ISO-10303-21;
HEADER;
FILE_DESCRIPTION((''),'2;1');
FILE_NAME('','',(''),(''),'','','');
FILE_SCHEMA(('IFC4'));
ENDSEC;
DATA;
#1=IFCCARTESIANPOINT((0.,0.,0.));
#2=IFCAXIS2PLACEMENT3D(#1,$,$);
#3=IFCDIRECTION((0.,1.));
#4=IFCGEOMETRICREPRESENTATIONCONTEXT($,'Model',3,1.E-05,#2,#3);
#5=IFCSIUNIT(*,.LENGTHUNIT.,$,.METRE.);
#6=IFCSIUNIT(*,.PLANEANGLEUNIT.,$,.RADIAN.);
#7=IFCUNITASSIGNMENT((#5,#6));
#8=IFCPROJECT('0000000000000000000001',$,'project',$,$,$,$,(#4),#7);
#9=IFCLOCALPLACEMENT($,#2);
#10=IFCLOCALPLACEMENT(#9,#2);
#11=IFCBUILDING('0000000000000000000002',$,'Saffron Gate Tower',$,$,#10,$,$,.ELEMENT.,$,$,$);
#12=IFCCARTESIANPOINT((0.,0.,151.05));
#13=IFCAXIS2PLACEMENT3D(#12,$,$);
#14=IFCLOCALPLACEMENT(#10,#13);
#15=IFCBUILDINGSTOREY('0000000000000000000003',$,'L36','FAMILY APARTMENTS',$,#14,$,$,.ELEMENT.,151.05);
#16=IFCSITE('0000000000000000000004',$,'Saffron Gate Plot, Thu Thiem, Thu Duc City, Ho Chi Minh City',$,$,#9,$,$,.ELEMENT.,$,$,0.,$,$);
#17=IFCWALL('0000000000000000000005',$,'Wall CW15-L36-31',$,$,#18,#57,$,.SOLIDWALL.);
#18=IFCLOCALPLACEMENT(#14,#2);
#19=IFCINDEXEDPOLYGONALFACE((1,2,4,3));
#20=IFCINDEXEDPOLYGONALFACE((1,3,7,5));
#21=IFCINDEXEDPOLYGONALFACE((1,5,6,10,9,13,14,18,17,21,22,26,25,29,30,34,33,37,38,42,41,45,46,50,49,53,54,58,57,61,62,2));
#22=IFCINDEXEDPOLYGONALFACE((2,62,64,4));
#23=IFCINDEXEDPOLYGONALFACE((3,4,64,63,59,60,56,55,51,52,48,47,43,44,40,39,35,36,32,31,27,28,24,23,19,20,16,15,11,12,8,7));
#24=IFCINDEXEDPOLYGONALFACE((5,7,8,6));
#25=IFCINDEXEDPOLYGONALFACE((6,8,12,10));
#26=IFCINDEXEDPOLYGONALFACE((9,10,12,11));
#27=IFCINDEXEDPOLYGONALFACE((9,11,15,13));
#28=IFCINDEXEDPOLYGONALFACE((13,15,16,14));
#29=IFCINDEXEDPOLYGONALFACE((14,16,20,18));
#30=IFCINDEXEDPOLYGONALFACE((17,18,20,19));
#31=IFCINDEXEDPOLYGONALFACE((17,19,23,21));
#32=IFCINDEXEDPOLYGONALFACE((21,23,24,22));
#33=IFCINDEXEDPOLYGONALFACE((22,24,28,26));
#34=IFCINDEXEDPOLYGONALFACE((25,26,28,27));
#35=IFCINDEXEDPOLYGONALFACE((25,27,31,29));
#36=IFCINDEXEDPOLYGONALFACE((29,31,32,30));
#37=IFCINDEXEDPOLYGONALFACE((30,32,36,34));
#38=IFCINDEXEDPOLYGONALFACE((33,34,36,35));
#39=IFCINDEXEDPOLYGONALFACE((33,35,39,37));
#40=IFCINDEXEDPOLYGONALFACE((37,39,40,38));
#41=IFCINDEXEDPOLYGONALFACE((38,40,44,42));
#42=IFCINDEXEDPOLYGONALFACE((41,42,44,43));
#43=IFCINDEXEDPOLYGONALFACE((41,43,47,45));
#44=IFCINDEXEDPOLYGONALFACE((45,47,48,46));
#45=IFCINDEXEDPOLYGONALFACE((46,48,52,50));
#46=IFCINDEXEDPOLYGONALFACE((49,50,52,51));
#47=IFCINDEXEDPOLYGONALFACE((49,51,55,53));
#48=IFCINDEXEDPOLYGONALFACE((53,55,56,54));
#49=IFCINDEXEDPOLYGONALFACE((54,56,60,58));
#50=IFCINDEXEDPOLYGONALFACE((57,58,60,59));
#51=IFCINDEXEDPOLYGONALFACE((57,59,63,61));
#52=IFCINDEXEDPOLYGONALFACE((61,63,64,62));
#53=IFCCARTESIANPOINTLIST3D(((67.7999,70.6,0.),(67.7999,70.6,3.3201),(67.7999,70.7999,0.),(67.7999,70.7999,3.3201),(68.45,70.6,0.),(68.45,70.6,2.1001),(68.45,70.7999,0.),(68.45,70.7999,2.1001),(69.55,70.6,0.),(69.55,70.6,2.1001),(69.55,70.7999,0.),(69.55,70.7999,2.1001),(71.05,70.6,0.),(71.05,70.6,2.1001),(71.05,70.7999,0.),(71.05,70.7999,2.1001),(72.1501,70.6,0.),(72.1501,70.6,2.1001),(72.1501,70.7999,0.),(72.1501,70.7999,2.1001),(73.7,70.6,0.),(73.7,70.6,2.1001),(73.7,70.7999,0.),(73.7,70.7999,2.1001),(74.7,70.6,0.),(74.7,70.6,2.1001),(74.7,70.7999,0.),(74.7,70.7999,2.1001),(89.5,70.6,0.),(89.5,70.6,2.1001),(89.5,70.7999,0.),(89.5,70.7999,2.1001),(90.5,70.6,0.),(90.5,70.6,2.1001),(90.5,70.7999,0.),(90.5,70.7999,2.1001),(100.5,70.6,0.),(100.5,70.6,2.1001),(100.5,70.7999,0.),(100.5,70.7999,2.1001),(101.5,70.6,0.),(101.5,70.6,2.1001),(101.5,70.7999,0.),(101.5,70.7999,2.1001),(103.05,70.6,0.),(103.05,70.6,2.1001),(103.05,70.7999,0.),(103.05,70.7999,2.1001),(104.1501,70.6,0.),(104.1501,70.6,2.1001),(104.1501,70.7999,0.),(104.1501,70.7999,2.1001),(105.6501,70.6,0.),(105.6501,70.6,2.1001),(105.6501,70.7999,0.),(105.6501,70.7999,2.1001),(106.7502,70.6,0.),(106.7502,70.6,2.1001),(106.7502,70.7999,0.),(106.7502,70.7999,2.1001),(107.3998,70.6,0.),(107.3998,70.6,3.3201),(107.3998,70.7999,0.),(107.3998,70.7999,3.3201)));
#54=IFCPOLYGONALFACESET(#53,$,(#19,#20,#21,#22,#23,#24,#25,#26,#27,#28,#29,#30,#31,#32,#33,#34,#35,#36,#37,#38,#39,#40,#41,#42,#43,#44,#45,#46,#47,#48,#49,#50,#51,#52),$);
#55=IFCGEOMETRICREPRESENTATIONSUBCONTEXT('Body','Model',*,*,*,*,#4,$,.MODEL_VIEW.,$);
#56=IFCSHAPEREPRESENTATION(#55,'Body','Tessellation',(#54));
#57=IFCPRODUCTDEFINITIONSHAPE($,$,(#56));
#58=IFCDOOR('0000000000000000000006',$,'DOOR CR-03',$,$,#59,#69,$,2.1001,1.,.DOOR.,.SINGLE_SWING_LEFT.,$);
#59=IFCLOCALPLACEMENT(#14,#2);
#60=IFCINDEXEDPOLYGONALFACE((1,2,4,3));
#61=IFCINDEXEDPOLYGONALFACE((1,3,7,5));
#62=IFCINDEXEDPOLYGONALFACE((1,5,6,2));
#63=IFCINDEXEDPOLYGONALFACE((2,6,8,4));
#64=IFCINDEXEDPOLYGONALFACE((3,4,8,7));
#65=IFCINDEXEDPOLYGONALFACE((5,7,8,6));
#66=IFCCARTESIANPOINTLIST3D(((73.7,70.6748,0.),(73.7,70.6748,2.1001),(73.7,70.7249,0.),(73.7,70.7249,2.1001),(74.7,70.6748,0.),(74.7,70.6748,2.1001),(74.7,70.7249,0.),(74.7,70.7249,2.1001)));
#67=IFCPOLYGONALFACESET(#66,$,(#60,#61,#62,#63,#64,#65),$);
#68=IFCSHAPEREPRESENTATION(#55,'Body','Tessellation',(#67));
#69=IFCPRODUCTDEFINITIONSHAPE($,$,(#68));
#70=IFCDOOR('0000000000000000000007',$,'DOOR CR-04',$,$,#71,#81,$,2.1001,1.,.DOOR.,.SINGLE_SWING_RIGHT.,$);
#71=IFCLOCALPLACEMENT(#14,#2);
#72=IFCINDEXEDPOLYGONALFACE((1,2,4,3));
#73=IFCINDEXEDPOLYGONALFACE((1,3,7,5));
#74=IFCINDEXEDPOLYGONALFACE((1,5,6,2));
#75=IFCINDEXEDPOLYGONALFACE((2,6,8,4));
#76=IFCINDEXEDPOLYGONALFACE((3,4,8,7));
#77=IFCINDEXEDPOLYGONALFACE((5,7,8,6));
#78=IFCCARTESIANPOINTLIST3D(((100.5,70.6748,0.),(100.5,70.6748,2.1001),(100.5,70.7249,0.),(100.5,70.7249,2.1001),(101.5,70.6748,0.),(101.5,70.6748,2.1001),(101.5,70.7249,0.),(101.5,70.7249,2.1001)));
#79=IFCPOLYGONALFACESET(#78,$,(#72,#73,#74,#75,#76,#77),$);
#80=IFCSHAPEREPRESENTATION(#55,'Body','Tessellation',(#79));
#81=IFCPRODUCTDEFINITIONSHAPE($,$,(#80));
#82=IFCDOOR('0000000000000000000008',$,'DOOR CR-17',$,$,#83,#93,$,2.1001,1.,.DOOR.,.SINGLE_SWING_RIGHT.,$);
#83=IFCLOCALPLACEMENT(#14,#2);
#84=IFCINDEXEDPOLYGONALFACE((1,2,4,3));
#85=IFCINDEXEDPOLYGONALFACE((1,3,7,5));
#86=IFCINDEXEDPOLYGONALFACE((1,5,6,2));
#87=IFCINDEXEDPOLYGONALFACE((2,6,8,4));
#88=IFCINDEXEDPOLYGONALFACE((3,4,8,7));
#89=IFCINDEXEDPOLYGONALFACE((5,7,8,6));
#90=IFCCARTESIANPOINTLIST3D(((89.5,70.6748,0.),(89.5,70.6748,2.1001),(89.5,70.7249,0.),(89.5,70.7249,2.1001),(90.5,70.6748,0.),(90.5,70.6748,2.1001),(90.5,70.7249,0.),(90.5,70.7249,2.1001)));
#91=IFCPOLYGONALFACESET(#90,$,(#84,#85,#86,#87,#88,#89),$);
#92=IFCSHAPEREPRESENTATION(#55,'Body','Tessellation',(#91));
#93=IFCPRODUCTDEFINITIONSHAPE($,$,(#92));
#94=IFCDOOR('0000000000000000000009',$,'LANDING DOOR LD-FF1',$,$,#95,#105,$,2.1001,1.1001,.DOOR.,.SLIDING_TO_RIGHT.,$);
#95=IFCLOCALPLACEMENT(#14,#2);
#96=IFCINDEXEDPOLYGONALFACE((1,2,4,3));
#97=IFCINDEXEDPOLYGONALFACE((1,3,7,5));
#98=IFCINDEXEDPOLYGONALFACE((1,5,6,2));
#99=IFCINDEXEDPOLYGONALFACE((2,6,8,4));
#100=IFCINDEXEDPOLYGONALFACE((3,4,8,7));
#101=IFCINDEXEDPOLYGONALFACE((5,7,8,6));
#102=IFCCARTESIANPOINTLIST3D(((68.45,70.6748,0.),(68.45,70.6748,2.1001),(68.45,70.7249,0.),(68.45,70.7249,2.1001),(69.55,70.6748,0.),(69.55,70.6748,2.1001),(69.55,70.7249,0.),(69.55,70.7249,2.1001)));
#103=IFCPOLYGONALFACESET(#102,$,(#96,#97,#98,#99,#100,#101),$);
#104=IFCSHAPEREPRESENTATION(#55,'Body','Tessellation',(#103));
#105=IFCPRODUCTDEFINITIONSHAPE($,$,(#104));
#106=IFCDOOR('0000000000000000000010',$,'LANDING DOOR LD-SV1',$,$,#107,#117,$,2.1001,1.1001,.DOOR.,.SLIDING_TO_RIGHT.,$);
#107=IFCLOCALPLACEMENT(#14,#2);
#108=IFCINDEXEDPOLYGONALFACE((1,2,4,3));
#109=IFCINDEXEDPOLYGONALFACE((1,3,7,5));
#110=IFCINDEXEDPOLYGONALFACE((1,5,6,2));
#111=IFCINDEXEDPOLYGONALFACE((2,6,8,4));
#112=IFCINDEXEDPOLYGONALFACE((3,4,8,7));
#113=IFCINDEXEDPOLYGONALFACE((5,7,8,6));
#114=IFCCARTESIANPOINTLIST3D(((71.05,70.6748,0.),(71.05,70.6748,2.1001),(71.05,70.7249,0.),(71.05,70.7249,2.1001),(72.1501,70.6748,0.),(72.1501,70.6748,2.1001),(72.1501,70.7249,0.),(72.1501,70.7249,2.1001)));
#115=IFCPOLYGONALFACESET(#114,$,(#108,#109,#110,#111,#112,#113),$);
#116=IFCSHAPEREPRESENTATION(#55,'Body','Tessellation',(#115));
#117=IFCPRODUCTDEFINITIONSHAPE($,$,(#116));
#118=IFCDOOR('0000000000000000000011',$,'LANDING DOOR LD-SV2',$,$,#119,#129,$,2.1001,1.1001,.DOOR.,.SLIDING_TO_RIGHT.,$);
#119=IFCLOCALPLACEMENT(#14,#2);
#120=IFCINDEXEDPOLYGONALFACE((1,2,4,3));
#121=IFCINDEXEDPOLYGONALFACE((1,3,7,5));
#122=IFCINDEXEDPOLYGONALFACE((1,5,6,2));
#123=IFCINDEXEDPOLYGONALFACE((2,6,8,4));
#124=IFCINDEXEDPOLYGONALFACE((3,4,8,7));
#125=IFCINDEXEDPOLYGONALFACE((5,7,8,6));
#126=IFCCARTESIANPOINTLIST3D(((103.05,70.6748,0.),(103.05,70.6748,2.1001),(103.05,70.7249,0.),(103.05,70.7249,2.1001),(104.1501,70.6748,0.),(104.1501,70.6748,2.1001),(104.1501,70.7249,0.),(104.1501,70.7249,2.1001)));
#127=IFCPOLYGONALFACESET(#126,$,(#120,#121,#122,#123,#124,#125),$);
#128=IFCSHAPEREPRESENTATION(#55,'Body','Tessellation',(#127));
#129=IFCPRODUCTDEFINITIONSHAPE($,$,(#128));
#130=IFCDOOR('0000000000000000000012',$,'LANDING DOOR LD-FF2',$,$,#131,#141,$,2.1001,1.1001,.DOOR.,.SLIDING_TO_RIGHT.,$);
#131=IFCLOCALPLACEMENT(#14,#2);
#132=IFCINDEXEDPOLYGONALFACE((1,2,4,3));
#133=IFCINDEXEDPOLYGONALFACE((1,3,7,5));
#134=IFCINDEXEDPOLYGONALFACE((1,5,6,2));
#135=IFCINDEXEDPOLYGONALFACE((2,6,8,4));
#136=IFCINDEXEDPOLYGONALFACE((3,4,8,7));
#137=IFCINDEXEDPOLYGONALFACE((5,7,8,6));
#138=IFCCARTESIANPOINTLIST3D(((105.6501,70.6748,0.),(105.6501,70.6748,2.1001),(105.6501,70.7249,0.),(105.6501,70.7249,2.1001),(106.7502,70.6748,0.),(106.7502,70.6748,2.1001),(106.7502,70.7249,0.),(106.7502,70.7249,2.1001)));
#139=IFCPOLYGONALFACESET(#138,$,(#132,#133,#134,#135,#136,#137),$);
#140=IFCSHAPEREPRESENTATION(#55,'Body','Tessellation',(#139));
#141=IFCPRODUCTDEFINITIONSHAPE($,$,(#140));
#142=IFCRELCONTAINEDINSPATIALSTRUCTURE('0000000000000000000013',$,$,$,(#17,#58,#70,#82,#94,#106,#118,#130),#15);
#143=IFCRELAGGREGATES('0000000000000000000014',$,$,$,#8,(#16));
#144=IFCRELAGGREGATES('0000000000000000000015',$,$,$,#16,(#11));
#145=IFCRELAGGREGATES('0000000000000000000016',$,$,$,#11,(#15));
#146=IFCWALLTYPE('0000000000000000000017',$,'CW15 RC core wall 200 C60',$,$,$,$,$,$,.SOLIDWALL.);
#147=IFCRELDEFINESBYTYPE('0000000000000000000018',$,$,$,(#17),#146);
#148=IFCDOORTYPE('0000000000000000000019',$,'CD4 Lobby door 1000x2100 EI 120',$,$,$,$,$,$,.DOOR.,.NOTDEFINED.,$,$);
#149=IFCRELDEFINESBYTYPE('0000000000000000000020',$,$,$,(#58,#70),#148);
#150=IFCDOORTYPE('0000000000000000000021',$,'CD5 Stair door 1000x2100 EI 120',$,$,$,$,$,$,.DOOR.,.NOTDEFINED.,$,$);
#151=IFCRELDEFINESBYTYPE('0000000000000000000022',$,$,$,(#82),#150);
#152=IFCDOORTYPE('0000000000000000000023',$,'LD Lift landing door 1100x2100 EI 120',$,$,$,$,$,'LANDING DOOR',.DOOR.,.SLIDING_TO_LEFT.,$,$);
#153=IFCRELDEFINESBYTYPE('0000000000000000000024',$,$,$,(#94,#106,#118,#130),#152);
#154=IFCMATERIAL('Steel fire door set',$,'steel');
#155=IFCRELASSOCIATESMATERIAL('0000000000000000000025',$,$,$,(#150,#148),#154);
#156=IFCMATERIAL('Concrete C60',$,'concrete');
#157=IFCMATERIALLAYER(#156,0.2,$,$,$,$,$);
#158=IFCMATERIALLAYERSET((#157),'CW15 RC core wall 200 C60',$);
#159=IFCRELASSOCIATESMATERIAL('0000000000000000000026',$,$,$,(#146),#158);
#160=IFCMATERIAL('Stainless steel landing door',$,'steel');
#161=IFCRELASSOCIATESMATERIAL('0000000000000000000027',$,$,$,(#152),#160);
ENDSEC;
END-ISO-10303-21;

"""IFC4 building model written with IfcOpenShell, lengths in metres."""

from ifc_helpers import new_model, si_unit, direction, frame, frame_2d, origin, place, context, subcontext, project, spatial, rectangle, extrude, material, layer, layer_set, type_object, element, fill, save


model = new_model("IFC4")

# Units and contexts
model_context = context("Model", 3, precision=1e-05, world=origin(), true_north=direction((0.0, 1.0)))
body_context = subcontext(model_context, "Body", "Model", "MODEL_VIEW")
ifc_project = project(units=[si_unit("LENGTHUNIT", "METRE"), si_unit("PLANEANGLEUNIT", "RADIAN")], contexts=[model_context])

# Site, building, storey
site_placement = place(None, origin())
site = spatial("IfcSite", under=ifc_project, at=site_placement, Name="Saffron Gate Plot, Thu Thiem, Thu Duc City, Ho Chi Minh City", CompositionType="ELEMENT", RefElevation=0.0)
building_placement = place(site_placement, origin())
building = spatial("IfcBuilding", under=site, at=building_placement, Name="Saffron Gate Tower", CompositionType="ELEMENT")
storey_placement = place(building_placement, frame((0.0, 0.0, 151.05)))
storey = spatial("IfcBuildingStorey", under=building, at=storey_placement, Name="L36", Description="FAMILY APARTMENTS", CompositionType="ELEMENT", Elevation=151.05)

# Shared definitions
ifc_material_1 = material(Name="Concrete C60", Category="concrete")

# Wall, openings, doors
ifc_material_2 = material(Name="Steel fire door set", Category="steel")
door_type_1 = type_object("IfcDoorType", Name="CD5 Stair door 1000x2100 EI 120", OperationType="NOTDEFINED", PredefinedType="DOOR", material=ifc_material_2)
ifc_layer_1 = layer(ifc_material_1, 0.2)
ifc_layer_set_1 = layer_set([ifc_layer_1], Name="CW15 RC core wall 200 C60")
wall_type_1 = type_object("IfcWallType", Name="CW15 RC core wall 200 C60", PredefinedType="SOLIDWALL", material=ifc_layer_set_1)
wall_1_placement = place(storey_placement, frame((67.8, 70.7, 0.0), z_axis=(0.0, 0.0, 1.0), x_axis=(1.0, 0.0, 0.0)))
wall_1 = element("IfcWall", 1, at=wall_1_placement, inside=storey, type_object=wall_type_1, Name="Wall CW15-L36-31", PredefinedType="SOLIDWALL", context=body_context, shape_type="SweptSolid", body=[
    extrude(rectangle(XDim=39.5999, YDim=0.2, at=frame_2d((19.7998, 0.0))), origin(), (0.0, 0.0, 1.0), 3.3201),
])
opening_1_placement = place(wall_1_placement, frame((0.6499, 0.0, 0.0)))
opening_1 = element("IfcOpeningElement", 2, at=opening_1_placement, cuts=wall_1, PredefinedType="OPENING", context=body_context, shape_type="SweptSolid", body=[
    extrude(rectangle(XDim=1.1001, YDim=2.1001, at=frame_2d((0.55, 1.05))), frame((0.0, 0.1099, 0.0), z_axis=(0.0, -1.0, 0.0), x_axis=(1.0, 0.0, 0.0)), (0.0, 0.0, 1.0), 0.22),
])
opening_2_placement = place(wall_1_placement, frame((3.25, 0.0, 0.0)))
opening_2 = element("IfcOpeningElement", 3, at=opening_2_placement, cuts=wall_1, PredefinedType="OPENING", context=body_context, shape_type="SweptSolid", body=[
    extrude(rectangle(XDim=1.1001, YDim=2.1001, at=frame_2d((0.55, 1.05))), frame((0.0, 0.1099, 0.0), z_axis=(0.0, -1.0, 0.0), x_axis=(1.0, 0.0, 0.0)), (0.0, 0.0, 1.0), 0.22),
])
opening_3_placement = place(wall_1_placement, frame((5.8999, 0.0, 0.0)))
opening_3 = element("IfcOpeningElement", 4, at=opening_3_placement, cuts=wall_1, PredefinedType="OPENING", context=body_context, shape_type="SweptSolid", body=[
    extrude(rectangle(XDim=1.0, YDim=2.1001, at=frame_2d((0.5, 1.05))), frame((0.0, 0.1099, 0.0), z_axis=(0.0, -1.0, 0.0), x_axis=(1.0, 0.0, 0.0)), (0.0, 0.0, 1.0), 0.22),
])
opening_4_placement = place(wall_1_placement, frame((21.7, 0.0, 0.0)))
opening_4 = element("IfcOpeningElement", 5, at=opening_4_placement, cuts=wall_1, PredefinedType="OPENING", context=body_context, shape_type="SweptSolid", body=[
    extrude(rectangle(XDim=1.0, YDim=2.1001, at=frame_2d((0.5, 1.05))), frame((0.0, 0.1099, 0.0), z_axis=(0.0, -1.0, 0.0), x_axis=(1.0, 0.0, 0.0)), (0.0, 0.0, 1.0), 0.22),
])
opening_5_placement = place(wall_1_placement, frame((32.7, 0.0, 0.0)))
opening_5 = element("IfcOpeningElement", 6, at=opening_5_placement, cuts=wall_1, PredefinedType="OPENING", context=body_context, shape_type="SweptSolid", body=[
    extrude(rectangle(XDim=1.0, YDim=2.1001, at=frame_2d((0.5, 1.05))), frame((0.0, 0.1099, 0.0), z_axis=(0.0, -1.0, 0.0), x_axis=(1.0, 0.0, 0.0)), (0.0, 0.0, 1.0), 0.22),
])
opening_6_placement = place(wall_1_placement, frame((35.25, 0.0, 0.0)))
opening_6 = element("IfcOpeningElement", 7, at=opening_6_placement, cuts=wall_1, PredefinedType="OPENING", context=body_context, shape_type="SweptSolid", body=[
    extrude(rectangle(XDim=1.1001, YDim=2.1001, at=frame_2d((0.55, 1.05))), frame((0.0, 0.1099, 0.0), z_axis=(0.0, -1.0, 0.0), x_axis=(1.0, 0.0, 0.0)), (0.0, 0.0, 1.0), 0.22),
])
opening_7_placement = place(wall_1_placement, frame((37.8501, 0.0, 0.0)))
opening_7 = element("IfcOpeningElement", 8, at=opening_7_placement, cuts=wall_1, PredefinedType="OPENING", context=body_context, shape_type="SweptSolid", body=[
    extrude(rectangle(XDim=1.1001, YDim=2.1001, at=frame_2d((0.55, 1.05))), frame((0.0, 0.1099, 0.0), z_axis=(0.0, -1.0, 0.0), x_axis=(1.0, 0.0, 0.0)), (0.0, 0.0, 1.0), 0.22),
])
door_type_2 = type_object("IfcDoorType", Name="CD4 Lobby door 1000x2100 EI 120", OperationType="NOTDEFINED", PredefinedType="DOOR", material=ifc_material_2)
door_1_placement = place(opening_3_placement, origin())
door_1 = element("IfcDoor", 9, at=door_1_placement, inside=storey, type_object=door_type_2, Name="DOOR CR-03", OperationType="SINGLE_SWING_LEFT", OverallHeight=2.1001, OverallWidth=1.0, PredefinedType="DOOR", context=body_context, shape_type="SweptSolid", body=[
    extrude(rectangle(XDim=1.0, YDim=2.1001, at=frame_2d((0.5, 1.05))), frame((0.0, 0.0249, 0.0), z_axis=(0.0, -1.0, 0.0), x_axis=(1.0, 0.0, 0.0)), (0.0, 0.0, 1.0), 0.05),
])
fill(opening_3, door_1)
door_2_placement = place(opening_5_placement, origin())
door_2 = element("IfcDoor", 10, at=door_2_placement, inside=storey, type_object=door_type_2, Name="DOOR CR-04", OperationType="SINGLE_SWING_RIGHT", OverallHeight=2.1001, OverallWidth=1.0, PredefinedType="DOOR", context=body_context, shape_type="SweptSolid", body=[
    extrude(rectangle(XDim=1.0, YDim=2.1001, at=frame_2d((0.5, 1.05))), frame((0.0, 0.0249, 0.0), z_axis=(0.0, -1.0, 0.0), x_axis=(1.0, 0.0, 0.0)), (0.0, 0.0, 1.0), 0.05),
])
fill(opening_5, door_2)
door_3_placement = place(opening_4_placement, origin())
door_3 = element("IfcDoor", 11, at=door_3_placement, inside=storey, type_object=door_type_1, Name="DOOR CR-17", OperationType="SINGLE_SWING_RIGHT", OverallHeight=2.1001, OverallWidth=1.0, PredefinedType="DOOR", context=body_context, shape_type="SweptSolid", body=[
    extrude(rectangle(XDim=1.0, YDim=2.1001, at=frame_2d((0.5, 1.05))), frame((0.0, 0.0249, 0.0), z_axis=(0.0, -1.0, 0.0), x_axis=(1.0, 0.0, 0.0)), (0.0, 0.0, 1.0), 0.05),
])
fill(opening_4, door_3)
ifc_material_3 = material(Name="Stainless steel landing door", Category="steel")
door_type_3 = type_object("IfcDoorType", Name="LD Lift landing door 1100x2100 EI 120", ElementType="LANDING DOOR", OperationType="SLIDING_TO_LEFT", PredefinedType="DOOR", material=ifc_material_3)
door_4_placement = place(opening_1_placement, origin())
door_4 = element("IfcDoor", 12, at=door_4_placement, inside=storey, type_object=door_type_3, Name="LANDING DOOR LD-FF1", OperationType="SLIDING_TO_RIGHT", OverallHeight=2.1001, OverallWidth=1.1001, PredefinedType="DOOR", context=body_context, shape_type="SweptSolid", body=[
    extrude(rectangle(XDim=1.1001, YDim=2.1001, at=frame_2d((0.55, 1.05))), frame((0.0, 0.0249, 0.0), z_axis=(0.0, -1.0, 0.0), x_axis=(1.0, 0.0, 0.0)), (0.0, 0.0, 1.0), 0.05),
])
fill(opening_1, door_4)
door_5_placement = place(opening_2_placement, origin())
door_5 = element("IfcDoor", 13, at=door_5_placement, inside=storey, type_object=door_type_3, Name="LANDING DOOR LD-SV1", OperationType="SLIDING_TO_RIGHT", OverallHeight=2.1001, OverallWidth=1.1001, PredefinedType="DOOR", context=body_context, shape_type="SweptSolid", body=[
    extrude(rectangle(XDim=1.1001, YDim=2.1001, at=frame_2d((0.55, 1.05))), frame((0.0, 0.0249, 0.0), z_axis=(0.0, -1.0, 0.0), x_axis=(1.0, 0.0, 0.0)), (0.0, 0.0, 1.0), 0.05),
])
fill(opening_2, door_5)
door_6_placement = place(opening_6_placement, origin())
door_6 = element("IfcDoor", 14, at=door_6_placement, inside=storey, type_object=door_type_3, Name="LANDING DOOR LD-SV2", OperationType="SLIDING_TO_RIGHT", OverallHeight=2.1001, OverallWidth=1.1001, PredefinedType="DOOR", context=body_context, shape_type="SweptSolid", body=[
    extrude(rectangle(XDim=1.1001, YDim=2.1001, at=frame_2d((0.55, 1.05))), frame((0.0, 0.0249, 0.0), z_axis=(0.0, -1.0, 0.0), x_axis=(1.0, 0.0, 0.0)), (0.0, 0.0, 1.0), 0.05),
])
fill(opening_6, door_6)
door_7_placement = place(opening_7_placement, origin())
door_7 = element("IfcDoor", 15, at=door_7_placement, inside=storey, type_object=door_type_3, Name="LANDING DOOR LD-FF2", OperationType="SLIDING_TO_RIGHT", OverallHeight=2.1001, OverallWidth=1.1001, PredefinedType="DOOR", context=body_context, shape_type="SweptSolid", body=[
    extrude(rectangle(XDim=1.1001, YDim=2.1001, at=frame_2d((0.55, 1.05))), frame((0.0, 0.0249, 0.0), z_axis=(0.0, -1.0, 0.0), x_axis=(1.0, 0.0, 0.0)), (0.0, 0.0, 1.0), 0.05),
])
fill(opening_7, door_7)

save(model, "model.ifc")
